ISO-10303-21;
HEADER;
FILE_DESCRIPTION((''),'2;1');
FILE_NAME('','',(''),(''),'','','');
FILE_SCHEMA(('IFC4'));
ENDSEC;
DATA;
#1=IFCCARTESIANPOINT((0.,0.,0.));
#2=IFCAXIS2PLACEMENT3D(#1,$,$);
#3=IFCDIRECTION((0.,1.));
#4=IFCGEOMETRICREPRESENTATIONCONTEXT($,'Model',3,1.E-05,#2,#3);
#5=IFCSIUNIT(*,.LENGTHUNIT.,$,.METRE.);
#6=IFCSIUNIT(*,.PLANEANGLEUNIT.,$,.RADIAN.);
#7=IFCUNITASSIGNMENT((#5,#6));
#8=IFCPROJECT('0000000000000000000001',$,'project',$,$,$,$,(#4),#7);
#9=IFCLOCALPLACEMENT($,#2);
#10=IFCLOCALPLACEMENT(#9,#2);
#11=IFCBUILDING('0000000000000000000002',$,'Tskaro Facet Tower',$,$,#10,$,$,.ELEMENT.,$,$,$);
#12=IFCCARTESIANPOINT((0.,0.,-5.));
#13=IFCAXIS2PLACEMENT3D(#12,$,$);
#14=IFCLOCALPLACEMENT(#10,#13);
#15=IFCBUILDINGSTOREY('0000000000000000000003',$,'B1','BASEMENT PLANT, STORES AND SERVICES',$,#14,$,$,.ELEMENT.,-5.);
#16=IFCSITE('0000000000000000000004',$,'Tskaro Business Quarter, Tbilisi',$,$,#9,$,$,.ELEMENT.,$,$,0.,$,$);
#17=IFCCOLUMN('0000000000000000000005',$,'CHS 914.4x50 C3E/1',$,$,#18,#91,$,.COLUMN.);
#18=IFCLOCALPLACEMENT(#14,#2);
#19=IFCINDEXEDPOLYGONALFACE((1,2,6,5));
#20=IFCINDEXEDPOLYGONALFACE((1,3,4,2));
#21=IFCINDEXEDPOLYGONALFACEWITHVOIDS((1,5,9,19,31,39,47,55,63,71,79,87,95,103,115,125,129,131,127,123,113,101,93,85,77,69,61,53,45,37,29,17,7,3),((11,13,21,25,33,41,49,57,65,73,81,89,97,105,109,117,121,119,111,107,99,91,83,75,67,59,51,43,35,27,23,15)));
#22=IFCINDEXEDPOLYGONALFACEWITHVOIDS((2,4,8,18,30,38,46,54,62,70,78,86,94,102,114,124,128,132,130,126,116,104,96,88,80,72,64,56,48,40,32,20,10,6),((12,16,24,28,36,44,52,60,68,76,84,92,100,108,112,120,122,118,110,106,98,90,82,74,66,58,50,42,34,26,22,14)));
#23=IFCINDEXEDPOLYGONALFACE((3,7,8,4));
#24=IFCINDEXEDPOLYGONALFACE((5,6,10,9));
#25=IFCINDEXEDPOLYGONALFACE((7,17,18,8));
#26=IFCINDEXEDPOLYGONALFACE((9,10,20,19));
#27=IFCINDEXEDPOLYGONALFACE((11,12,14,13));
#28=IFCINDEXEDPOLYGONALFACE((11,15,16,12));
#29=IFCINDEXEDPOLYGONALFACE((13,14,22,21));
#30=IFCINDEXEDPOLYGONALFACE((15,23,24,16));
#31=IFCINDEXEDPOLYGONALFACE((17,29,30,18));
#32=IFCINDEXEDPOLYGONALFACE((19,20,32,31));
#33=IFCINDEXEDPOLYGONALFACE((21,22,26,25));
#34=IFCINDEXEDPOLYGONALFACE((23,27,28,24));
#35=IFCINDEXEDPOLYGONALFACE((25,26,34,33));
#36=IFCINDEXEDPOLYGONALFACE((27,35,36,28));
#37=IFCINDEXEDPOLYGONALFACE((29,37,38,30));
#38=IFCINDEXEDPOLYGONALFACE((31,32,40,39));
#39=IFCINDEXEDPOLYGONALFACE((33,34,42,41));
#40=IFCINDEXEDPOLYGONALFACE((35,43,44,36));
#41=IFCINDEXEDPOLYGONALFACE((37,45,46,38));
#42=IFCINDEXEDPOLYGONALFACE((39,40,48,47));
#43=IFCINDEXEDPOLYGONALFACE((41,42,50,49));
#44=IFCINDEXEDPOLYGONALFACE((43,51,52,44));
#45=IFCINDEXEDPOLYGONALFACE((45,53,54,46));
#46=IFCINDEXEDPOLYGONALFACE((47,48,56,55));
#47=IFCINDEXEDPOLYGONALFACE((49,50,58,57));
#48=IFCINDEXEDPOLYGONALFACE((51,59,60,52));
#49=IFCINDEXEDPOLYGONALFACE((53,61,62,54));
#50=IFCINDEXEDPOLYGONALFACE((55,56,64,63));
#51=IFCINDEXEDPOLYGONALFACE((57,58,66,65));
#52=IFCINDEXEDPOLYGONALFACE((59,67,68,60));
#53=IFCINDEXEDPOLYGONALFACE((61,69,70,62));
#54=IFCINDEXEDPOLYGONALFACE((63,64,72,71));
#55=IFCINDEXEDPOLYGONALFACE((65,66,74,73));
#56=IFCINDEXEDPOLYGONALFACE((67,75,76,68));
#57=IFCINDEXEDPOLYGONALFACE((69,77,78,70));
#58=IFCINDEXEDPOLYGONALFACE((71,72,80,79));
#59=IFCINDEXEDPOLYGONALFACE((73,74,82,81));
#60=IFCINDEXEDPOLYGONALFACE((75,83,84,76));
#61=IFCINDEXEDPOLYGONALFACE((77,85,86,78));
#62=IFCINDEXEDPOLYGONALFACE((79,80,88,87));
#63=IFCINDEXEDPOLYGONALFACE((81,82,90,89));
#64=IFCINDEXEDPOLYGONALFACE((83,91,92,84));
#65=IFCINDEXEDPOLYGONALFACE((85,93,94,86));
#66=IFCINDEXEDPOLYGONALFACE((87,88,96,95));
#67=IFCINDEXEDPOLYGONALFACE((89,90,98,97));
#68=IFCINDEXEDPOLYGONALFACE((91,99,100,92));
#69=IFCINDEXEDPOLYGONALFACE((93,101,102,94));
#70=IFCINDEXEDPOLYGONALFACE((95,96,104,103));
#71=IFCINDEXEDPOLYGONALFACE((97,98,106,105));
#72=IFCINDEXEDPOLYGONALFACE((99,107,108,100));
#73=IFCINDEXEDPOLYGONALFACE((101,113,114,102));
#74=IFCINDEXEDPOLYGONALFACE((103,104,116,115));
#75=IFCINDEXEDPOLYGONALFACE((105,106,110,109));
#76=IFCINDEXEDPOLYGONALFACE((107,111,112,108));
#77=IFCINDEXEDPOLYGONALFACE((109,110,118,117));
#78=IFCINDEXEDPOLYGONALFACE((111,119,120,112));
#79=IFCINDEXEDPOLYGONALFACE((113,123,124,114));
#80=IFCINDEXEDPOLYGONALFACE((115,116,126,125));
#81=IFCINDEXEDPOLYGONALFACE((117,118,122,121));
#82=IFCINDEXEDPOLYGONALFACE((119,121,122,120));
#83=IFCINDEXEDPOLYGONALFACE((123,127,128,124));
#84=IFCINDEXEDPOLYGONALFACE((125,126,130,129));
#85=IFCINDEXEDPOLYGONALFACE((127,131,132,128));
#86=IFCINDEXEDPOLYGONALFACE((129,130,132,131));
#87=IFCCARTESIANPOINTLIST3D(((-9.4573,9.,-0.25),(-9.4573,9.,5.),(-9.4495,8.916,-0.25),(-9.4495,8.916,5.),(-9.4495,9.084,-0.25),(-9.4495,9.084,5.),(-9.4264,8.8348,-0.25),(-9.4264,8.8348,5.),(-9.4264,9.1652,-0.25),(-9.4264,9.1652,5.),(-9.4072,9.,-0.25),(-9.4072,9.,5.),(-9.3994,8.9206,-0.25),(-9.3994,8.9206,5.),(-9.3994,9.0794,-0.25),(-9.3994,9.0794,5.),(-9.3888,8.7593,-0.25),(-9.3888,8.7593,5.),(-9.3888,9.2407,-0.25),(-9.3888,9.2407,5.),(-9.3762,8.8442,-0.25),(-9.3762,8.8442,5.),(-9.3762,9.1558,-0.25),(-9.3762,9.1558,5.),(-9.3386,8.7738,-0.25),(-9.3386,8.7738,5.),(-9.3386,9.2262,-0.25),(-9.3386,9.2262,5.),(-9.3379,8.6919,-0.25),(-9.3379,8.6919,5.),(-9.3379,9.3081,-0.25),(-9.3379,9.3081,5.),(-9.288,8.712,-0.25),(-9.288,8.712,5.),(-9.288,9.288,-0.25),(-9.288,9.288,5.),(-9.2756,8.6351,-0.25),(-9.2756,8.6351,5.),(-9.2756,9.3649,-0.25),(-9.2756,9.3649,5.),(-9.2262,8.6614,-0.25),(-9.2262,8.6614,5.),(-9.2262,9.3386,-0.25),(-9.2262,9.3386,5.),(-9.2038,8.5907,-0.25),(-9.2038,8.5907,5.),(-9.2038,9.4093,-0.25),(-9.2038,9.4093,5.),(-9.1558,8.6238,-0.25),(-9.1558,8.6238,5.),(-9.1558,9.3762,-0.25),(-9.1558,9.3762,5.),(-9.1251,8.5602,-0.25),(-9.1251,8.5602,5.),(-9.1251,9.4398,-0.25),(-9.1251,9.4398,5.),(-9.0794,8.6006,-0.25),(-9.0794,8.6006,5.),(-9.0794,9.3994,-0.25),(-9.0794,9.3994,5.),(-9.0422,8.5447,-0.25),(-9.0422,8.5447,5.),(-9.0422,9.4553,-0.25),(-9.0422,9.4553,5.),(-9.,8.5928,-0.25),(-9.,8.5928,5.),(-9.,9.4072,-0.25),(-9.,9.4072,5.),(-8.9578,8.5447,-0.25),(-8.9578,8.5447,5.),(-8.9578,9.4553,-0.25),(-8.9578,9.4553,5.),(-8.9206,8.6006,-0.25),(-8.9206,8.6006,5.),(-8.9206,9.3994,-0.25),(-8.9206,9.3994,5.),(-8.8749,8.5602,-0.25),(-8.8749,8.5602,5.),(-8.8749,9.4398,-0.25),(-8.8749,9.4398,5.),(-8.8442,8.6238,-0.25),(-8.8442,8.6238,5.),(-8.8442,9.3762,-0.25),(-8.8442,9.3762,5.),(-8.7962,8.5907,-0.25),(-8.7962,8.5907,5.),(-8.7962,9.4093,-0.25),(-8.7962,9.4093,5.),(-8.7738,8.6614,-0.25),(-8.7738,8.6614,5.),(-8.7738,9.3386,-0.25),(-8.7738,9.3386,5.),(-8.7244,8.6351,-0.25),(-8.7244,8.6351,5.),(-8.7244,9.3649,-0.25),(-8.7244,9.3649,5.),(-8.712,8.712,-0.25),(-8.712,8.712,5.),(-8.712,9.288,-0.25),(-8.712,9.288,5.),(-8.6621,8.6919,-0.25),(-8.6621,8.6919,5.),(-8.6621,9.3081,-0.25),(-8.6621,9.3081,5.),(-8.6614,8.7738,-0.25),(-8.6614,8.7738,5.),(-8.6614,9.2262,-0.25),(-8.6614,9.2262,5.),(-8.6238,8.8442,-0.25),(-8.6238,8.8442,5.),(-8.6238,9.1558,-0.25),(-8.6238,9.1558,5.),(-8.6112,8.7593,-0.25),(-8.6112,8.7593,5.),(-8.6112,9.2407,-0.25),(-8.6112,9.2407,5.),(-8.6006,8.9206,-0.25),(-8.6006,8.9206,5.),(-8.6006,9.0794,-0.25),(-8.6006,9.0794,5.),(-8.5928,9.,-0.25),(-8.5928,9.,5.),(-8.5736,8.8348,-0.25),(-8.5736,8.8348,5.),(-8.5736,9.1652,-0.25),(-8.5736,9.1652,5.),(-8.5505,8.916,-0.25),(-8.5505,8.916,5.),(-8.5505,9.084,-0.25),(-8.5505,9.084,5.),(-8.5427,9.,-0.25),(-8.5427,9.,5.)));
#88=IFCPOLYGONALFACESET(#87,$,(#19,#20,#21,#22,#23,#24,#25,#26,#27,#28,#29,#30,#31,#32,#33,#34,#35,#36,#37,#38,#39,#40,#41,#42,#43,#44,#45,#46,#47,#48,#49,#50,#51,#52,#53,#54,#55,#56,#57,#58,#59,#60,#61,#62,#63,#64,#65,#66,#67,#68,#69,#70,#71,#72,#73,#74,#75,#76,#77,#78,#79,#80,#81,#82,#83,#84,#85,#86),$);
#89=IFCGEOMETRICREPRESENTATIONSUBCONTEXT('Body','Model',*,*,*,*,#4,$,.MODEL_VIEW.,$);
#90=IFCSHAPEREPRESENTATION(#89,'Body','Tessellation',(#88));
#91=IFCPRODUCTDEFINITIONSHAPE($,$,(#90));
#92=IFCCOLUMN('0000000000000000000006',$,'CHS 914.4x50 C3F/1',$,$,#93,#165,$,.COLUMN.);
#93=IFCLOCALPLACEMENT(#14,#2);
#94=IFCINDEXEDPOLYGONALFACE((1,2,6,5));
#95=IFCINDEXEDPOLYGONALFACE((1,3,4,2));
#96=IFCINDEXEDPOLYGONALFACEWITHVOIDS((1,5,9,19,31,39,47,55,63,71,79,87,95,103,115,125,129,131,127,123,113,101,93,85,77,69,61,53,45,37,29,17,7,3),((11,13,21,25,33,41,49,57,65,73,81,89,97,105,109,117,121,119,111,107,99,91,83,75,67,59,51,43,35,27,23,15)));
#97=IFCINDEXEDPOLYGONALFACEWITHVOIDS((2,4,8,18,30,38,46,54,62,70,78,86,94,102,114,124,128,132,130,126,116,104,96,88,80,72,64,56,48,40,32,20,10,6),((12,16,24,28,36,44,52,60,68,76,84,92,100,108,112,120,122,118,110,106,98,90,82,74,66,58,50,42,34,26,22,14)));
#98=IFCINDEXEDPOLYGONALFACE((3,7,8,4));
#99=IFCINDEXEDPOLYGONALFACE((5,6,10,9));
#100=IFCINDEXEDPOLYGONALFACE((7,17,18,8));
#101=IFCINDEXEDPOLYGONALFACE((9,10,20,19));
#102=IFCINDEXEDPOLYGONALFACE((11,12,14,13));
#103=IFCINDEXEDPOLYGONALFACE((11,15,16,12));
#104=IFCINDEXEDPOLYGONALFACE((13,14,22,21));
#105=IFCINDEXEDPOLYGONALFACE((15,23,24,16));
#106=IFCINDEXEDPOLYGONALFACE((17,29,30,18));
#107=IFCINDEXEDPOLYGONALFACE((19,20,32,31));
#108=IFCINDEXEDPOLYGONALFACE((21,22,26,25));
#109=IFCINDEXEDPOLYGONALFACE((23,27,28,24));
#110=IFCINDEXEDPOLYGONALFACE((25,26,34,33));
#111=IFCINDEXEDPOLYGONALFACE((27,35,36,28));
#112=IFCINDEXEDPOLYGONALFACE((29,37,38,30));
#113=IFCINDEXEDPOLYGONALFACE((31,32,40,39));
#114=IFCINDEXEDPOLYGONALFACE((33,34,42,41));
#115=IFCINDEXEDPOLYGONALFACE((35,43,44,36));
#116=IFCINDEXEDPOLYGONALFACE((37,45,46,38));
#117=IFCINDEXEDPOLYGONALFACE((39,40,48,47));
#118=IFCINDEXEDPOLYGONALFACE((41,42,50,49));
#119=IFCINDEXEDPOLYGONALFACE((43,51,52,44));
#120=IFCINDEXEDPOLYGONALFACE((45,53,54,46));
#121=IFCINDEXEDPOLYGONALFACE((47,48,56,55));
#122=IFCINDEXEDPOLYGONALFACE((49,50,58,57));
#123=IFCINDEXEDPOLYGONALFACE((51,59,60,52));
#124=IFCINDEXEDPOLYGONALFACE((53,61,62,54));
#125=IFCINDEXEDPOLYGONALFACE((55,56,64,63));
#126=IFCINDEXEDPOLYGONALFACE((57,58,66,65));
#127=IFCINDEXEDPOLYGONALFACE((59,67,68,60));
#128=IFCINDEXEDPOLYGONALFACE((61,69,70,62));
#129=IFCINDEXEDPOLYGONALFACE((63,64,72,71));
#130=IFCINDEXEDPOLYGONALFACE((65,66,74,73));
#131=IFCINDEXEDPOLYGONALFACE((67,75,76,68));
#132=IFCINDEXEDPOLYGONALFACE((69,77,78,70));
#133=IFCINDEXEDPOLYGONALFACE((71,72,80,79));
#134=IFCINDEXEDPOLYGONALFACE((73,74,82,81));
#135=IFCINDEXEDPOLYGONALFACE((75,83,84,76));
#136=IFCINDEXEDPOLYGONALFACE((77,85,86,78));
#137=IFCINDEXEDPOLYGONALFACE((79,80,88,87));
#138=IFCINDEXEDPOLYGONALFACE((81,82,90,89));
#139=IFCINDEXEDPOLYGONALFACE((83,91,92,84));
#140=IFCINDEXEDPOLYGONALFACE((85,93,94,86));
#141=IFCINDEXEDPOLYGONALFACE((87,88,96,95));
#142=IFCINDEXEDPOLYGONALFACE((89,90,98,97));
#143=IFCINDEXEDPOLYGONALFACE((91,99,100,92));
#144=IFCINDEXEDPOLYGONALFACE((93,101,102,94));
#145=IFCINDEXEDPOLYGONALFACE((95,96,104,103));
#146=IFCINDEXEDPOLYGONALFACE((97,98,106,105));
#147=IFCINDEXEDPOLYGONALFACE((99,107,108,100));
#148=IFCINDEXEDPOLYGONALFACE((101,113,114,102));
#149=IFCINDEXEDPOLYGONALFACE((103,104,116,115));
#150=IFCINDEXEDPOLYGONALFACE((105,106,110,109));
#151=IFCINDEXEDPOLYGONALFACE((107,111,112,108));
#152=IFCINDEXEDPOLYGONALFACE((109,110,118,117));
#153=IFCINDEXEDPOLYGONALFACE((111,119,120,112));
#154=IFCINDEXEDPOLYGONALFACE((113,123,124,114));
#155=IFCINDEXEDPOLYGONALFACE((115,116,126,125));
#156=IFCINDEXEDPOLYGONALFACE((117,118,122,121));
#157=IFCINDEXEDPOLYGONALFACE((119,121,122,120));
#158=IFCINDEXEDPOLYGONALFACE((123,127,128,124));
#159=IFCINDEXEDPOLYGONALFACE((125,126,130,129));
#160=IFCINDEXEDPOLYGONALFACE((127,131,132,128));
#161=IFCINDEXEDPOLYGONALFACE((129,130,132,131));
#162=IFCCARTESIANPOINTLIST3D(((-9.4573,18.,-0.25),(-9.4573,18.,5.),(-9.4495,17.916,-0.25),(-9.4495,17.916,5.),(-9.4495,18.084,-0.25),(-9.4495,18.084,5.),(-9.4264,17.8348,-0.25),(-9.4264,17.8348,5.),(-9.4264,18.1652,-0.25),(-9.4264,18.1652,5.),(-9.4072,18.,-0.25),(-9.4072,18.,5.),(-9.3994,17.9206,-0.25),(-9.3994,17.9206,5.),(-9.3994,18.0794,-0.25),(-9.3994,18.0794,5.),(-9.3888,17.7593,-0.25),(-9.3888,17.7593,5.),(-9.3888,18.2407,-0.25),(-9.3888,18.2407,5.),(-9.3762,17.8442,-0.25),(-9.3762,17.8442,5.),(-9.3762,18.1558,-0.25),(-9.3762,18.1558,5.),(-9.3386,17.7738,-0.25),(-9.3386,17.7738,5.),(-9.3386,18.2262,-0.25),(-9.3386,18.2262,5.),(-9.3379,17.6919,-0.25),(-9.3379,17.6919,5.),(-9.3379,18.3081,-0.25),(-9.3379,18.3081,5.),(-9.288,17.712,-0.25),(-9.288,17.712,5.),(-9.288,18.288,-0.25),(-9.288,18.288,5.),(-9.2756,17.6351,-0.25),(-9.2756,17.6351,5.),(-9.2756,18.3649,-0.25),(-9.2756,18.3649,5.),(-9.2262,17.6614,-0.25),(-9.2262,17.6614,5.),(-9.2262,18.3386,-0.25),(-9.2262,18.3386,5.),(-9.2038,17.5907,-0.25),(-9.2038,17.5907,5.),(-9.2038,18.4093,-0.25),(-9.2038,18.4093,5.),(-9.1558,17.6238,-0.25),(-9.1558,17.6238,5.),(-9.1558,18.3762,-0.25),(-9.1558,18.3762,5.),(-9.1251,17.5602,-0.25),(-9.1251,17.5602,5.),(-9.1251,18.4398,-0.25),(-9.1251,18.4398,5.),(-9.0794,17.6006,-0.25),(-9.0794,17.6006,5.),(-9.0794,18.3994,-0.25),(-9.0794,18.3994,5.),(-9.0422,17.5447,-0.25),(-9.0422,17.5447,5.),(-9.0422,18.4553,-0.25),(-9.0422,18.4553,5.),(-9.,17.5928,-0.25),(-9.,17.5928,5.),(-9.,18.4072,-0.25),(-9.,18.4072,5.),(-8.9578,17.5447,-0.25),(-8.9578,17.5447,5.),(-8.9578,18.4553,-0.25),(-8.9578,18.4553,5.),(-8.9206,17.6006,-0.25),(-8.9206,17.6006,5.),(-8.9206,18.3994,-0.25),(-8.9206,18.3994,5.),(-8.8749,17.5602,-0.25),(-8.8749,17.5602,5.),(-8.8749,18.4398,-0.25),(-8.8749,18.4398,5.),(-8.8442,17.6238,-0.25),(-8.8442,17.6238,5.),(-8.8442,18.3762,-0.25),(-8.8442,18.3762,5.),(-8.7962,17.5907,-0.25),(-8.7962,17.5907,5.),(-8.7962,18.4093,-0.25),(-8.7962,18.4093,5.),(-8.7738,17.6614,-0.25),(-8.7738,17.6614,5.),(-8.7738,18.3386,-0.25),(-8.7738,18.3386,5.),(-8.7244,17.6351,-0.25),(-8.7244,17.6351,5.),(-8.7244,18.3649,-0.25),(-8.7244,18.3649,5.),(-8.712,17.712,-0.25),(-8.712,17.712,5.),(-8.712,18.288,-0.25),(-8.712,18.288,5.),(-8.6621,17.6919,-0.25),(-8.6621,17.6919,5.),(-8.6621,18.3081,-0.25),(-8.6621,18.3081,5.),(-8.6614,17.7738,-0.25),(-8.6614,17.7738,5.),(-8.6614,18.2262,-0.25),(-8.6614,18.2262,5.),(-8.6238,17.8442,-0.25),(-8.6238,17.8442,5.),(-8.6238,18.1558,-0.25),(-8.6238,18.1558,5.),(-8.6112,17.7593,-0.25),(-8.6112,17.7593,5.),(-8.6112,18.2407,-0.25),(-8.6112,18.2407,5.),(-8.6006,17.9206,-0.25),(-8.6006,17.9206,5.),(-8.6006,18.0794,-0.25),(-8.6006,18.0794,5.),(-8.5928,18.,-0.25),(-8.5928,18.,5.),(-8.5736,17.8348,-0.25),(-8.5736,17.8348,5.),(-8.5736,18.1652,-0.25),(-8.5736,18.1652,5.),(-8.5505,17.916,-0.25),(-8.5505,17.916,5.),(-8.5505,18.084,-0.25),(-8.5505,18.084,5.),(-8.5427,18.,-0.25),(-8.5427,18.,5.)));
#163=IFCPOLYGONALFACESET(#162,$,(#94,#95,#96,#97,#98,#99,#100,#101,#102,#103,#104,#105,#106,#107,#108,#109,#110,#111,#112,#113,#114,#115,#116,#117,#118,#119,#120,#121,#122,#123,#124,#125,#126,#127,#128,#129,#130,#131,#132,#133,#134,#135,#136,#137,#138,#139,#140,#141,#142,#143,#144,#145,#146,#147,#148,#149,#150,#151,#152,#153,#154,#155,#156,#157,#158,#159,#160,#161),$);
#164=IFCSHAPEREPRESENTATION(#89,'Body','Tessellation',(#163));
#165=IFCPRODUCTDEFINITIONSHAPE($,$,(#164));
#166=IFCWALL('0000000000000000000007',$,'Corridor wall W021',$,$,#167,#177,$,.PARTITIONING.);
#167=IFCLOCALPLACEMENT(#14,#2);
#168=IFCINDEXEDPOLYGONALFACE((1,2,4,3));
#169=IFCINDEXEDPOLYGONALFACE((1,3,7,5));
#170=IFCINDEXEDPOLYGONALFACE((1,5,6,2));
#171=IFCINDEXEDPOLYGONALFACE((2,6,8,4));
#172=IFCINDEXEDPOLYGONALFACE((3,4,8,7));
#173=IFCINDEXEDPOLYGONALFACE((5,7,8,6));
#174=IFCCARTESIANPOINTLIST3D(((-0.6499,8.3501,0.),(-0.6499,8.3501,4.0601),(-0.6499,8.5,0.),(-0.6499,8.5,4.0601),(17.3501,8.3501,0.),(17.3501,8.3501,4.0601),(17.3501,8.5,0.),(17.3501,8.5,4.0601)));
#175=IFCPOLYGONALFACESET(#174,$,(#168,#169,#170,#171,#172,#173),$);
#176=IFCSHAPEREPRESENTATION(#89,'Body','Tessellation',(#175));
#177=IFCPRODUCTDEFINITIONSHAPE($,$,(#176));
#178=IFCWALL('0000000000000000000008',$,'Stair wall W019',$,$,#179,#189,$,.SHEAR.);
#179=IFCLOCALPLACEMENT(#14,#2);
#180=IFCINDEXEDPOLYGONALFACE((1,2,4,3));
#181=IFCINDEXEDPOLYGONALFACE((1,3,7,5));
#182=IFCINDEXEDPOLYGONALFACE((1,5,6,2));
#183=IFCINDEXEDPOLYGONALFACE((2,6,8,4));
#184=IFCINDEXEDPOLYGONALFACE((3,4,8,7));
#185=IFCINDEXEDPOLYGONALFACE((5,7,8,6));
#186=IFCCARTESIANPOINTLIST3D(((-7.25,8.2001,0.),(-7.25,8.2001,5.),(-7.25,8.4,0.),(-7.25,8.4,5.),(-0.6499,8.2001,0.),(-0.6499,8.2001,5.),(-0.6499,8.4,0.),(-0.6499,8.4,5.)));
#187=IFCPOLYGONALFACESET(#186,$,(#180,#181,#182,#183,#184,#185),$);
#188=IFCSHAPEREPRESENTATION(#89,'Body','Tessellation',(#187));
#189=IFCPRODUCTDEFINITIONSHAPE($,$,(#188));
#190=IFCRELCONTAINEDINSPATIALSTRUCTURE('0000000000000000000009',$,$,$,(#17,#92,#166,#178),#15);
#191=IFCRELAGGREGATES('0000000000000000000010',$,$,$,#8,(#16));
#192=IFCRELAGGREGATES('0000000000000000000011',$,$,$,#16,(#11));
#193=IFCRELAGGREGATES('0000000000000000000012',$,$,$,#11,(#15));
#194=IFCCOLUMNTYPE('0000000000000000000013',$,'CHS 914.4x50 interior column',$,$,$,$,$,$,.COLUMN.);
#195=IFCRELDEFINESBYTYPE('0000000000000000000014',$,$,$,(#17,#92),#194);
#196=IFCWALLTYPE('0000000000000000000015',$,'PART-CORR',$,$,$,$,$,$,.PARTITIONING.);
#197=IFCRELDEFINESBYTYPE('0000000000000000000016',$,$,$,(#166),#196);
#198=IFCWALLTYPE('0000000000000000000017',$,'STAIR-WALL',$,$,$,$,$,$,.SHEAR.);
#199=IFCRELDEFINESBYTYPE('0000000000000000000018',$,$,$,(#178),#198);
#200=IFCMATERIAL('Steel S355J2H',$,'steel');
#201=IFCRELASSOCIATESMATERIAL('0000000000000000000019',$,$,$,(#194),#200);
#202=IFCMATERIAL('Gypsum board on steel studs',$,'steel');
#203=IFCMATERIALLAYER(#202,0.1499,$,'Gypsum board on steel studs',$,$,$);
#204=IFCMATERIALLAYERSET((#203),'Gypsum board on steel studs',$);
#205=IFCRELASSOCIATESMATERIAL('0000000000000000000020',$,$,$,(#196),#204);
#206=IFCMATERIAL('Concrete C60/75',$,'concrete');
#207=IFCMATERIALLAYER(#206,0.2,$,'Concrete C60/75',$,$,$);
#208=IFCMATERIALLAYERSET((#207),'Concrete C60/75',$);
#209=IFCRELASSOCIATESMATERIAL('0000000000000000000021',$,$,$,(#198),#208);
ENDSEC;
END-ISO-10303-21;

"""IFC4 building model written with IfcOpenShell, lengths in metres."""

from ifc_helpers import new_model, si_unit, direction, frame, frame_2d, origin, origin_2d, place, context, subcontext, project, spatial, rectangle, hollow_circle, extrude, material, layer, layer_set, material_profile, profile_set, type_object, element, save


model = new_model("IFC4")

# Units and contexts
model_context = context("Model", 3, precision=1e-05, world=origin(), true_north=direction((0.0, 1.0)))
body_context = subcontext(model_context, "Body", "Model", "MODEL_VIEW")
ifc_project = project(units=[si_unit("LENGTHUNIT", "METRE"), si_unit("PLANEANGLEUNIT", "RADIAN")], contexts=[model_context])

# Site, building, storey
site_placement = place(None, origin())
site = spatial("IfcSite", under=ifc_project, at=site_placement, Name="Tskaro Business Quarter, Tbilisi", CompositionType="ELEMENT", RefElevation=0.0)
building_placement = place(site_placement, origin())
building = spatial("IfcBuilding", under=site, at=building_placement, Name="Tskaro Facet Tower", CompositionType="ELEMENT")
storey_placement = place(building_placement, frame((0.0, 0.0, -5.0)))
storey = spatial("IfcBuildingStorey", under=building, at=storey_placement, Name="B1", Description="BASEMENT PLANT, STORES AND SERVICES", CompositionType="ELEMENT", Elevation=-5.0)

# Columns
ifc_material_1 = material(Name="Steel S355J2H", Category="steel")
ifc_material_profile_1 = material_profile(ifc_material_1, hollow_circle(Radius=0.4573, WallThickness=0.05, at=origin_2d()), Name="CHS 914.4x50")
ifc_profile_set_1 = profile_set([ifc_material_profile_1], Name="Steel S355J2H")
column_type_1 = type_object("IfcColumnType", Name="CHS 914.4x50 interior column", PredefinedType="COLUMN", material=ifc_profile_set_1)
for number, where, z_axis, x_axis, name in (
    (1, (-9.0, 9.0, -0.25), (0.0, 0.0, 1.0), (1.0, 0.0, 0.0), "CHS 914.4x50 C3E/1"),
    (2, (-9.0, 18.0, -0.25), (0.0, 0.0, 1.0), (1.0, 0.0, 0.0), "CHS 914.4x50 C3F/1"),
):
    element("IfcColumn", number, at=place(storey_placement, frame(where, z_axis=z_axis, x_axis=x_axis)), inside=storey, type_object=column_type_1, Name=name, PredefinedType="COLUMN", context=body_context, shape_type="SweptSolid", body=[
        extrude(hollow_circle(Radius=0.4573, WallThickness=0.05, at=origin_2d()), origin(), (0.0, 0.0, 1.0), 5.25),
    ])

# Walls
ifc_material_2 = material(Name="Gypsum board on steel studs", Category="steel")
ifc_layer_1 = layer(ifc_material_2, 0.1499, Name="Gypsum board on steel studs")
ifc_layer_set_1 = layer_set([ifc_layer_1], Name="Gypsum board on steel studs")
wall_type_1 = type_object("IfcWallType", Name="PART-CORR", PredefinedType="PARTITIONING", material=ifc_layer_set_1)
wall_1_placement = place(storey_placement, frame((-0.6499, 8.425, 0.0), z_axis=(0.0, 0.0, 1.0), x_axis=(1.0, 0.0, 0.0)))
element("IfcWall", 3, at=wall_1_placement, inside=storey, type_object=wall_type_1, Name="Corridor wall W021", PredefinedType="PARTITIONING", context=body_context, shape_type="SweptSolid", body=[
    extrude(rectangle(XDim=18.0, YDim=0.1499, at=frame_2d((9.0, 0.0))), origin(), (0.0, 0.0, 1.0), 4.0601),
])
ifc_material_3 = material(Name="Concrete C60/75", Category="concrete")
ifc_layer_2 = layer(ifc_material_3, 0.2, Name="Concrete C60/75")
ifc_layer_set_2 = layer_set([ifc_layer_2], Name="Concrete C60/75")
wall_type_2 = type_object("IfcWallType", Name="STAIR-WALL", PredefinedType="SHEAR", material=ifc_layer_set_2)
wall_2_placement = place(storey_placement, frame((-7.25, 8.3, 0.0), z_axis=(0.0, 0.0, 1.0), x_axis=(1.0, 0.0, 0.0)))
element("IfcWall", 4, at=wall_2_placement, inside=storey, type_object=wall_type_2, Name="Stair wall W019", PredefinedType="SHEAR", context=body_context, shape_type="SweptSolid", body=[
    extrude(rectangle(XDim=6.6001, YDim=0.2, at=frame_2d((3.3, 0.0))), origin(), (0.0, 0.0, 1.0), 5.0),
])

save(model, "model.ifc")
